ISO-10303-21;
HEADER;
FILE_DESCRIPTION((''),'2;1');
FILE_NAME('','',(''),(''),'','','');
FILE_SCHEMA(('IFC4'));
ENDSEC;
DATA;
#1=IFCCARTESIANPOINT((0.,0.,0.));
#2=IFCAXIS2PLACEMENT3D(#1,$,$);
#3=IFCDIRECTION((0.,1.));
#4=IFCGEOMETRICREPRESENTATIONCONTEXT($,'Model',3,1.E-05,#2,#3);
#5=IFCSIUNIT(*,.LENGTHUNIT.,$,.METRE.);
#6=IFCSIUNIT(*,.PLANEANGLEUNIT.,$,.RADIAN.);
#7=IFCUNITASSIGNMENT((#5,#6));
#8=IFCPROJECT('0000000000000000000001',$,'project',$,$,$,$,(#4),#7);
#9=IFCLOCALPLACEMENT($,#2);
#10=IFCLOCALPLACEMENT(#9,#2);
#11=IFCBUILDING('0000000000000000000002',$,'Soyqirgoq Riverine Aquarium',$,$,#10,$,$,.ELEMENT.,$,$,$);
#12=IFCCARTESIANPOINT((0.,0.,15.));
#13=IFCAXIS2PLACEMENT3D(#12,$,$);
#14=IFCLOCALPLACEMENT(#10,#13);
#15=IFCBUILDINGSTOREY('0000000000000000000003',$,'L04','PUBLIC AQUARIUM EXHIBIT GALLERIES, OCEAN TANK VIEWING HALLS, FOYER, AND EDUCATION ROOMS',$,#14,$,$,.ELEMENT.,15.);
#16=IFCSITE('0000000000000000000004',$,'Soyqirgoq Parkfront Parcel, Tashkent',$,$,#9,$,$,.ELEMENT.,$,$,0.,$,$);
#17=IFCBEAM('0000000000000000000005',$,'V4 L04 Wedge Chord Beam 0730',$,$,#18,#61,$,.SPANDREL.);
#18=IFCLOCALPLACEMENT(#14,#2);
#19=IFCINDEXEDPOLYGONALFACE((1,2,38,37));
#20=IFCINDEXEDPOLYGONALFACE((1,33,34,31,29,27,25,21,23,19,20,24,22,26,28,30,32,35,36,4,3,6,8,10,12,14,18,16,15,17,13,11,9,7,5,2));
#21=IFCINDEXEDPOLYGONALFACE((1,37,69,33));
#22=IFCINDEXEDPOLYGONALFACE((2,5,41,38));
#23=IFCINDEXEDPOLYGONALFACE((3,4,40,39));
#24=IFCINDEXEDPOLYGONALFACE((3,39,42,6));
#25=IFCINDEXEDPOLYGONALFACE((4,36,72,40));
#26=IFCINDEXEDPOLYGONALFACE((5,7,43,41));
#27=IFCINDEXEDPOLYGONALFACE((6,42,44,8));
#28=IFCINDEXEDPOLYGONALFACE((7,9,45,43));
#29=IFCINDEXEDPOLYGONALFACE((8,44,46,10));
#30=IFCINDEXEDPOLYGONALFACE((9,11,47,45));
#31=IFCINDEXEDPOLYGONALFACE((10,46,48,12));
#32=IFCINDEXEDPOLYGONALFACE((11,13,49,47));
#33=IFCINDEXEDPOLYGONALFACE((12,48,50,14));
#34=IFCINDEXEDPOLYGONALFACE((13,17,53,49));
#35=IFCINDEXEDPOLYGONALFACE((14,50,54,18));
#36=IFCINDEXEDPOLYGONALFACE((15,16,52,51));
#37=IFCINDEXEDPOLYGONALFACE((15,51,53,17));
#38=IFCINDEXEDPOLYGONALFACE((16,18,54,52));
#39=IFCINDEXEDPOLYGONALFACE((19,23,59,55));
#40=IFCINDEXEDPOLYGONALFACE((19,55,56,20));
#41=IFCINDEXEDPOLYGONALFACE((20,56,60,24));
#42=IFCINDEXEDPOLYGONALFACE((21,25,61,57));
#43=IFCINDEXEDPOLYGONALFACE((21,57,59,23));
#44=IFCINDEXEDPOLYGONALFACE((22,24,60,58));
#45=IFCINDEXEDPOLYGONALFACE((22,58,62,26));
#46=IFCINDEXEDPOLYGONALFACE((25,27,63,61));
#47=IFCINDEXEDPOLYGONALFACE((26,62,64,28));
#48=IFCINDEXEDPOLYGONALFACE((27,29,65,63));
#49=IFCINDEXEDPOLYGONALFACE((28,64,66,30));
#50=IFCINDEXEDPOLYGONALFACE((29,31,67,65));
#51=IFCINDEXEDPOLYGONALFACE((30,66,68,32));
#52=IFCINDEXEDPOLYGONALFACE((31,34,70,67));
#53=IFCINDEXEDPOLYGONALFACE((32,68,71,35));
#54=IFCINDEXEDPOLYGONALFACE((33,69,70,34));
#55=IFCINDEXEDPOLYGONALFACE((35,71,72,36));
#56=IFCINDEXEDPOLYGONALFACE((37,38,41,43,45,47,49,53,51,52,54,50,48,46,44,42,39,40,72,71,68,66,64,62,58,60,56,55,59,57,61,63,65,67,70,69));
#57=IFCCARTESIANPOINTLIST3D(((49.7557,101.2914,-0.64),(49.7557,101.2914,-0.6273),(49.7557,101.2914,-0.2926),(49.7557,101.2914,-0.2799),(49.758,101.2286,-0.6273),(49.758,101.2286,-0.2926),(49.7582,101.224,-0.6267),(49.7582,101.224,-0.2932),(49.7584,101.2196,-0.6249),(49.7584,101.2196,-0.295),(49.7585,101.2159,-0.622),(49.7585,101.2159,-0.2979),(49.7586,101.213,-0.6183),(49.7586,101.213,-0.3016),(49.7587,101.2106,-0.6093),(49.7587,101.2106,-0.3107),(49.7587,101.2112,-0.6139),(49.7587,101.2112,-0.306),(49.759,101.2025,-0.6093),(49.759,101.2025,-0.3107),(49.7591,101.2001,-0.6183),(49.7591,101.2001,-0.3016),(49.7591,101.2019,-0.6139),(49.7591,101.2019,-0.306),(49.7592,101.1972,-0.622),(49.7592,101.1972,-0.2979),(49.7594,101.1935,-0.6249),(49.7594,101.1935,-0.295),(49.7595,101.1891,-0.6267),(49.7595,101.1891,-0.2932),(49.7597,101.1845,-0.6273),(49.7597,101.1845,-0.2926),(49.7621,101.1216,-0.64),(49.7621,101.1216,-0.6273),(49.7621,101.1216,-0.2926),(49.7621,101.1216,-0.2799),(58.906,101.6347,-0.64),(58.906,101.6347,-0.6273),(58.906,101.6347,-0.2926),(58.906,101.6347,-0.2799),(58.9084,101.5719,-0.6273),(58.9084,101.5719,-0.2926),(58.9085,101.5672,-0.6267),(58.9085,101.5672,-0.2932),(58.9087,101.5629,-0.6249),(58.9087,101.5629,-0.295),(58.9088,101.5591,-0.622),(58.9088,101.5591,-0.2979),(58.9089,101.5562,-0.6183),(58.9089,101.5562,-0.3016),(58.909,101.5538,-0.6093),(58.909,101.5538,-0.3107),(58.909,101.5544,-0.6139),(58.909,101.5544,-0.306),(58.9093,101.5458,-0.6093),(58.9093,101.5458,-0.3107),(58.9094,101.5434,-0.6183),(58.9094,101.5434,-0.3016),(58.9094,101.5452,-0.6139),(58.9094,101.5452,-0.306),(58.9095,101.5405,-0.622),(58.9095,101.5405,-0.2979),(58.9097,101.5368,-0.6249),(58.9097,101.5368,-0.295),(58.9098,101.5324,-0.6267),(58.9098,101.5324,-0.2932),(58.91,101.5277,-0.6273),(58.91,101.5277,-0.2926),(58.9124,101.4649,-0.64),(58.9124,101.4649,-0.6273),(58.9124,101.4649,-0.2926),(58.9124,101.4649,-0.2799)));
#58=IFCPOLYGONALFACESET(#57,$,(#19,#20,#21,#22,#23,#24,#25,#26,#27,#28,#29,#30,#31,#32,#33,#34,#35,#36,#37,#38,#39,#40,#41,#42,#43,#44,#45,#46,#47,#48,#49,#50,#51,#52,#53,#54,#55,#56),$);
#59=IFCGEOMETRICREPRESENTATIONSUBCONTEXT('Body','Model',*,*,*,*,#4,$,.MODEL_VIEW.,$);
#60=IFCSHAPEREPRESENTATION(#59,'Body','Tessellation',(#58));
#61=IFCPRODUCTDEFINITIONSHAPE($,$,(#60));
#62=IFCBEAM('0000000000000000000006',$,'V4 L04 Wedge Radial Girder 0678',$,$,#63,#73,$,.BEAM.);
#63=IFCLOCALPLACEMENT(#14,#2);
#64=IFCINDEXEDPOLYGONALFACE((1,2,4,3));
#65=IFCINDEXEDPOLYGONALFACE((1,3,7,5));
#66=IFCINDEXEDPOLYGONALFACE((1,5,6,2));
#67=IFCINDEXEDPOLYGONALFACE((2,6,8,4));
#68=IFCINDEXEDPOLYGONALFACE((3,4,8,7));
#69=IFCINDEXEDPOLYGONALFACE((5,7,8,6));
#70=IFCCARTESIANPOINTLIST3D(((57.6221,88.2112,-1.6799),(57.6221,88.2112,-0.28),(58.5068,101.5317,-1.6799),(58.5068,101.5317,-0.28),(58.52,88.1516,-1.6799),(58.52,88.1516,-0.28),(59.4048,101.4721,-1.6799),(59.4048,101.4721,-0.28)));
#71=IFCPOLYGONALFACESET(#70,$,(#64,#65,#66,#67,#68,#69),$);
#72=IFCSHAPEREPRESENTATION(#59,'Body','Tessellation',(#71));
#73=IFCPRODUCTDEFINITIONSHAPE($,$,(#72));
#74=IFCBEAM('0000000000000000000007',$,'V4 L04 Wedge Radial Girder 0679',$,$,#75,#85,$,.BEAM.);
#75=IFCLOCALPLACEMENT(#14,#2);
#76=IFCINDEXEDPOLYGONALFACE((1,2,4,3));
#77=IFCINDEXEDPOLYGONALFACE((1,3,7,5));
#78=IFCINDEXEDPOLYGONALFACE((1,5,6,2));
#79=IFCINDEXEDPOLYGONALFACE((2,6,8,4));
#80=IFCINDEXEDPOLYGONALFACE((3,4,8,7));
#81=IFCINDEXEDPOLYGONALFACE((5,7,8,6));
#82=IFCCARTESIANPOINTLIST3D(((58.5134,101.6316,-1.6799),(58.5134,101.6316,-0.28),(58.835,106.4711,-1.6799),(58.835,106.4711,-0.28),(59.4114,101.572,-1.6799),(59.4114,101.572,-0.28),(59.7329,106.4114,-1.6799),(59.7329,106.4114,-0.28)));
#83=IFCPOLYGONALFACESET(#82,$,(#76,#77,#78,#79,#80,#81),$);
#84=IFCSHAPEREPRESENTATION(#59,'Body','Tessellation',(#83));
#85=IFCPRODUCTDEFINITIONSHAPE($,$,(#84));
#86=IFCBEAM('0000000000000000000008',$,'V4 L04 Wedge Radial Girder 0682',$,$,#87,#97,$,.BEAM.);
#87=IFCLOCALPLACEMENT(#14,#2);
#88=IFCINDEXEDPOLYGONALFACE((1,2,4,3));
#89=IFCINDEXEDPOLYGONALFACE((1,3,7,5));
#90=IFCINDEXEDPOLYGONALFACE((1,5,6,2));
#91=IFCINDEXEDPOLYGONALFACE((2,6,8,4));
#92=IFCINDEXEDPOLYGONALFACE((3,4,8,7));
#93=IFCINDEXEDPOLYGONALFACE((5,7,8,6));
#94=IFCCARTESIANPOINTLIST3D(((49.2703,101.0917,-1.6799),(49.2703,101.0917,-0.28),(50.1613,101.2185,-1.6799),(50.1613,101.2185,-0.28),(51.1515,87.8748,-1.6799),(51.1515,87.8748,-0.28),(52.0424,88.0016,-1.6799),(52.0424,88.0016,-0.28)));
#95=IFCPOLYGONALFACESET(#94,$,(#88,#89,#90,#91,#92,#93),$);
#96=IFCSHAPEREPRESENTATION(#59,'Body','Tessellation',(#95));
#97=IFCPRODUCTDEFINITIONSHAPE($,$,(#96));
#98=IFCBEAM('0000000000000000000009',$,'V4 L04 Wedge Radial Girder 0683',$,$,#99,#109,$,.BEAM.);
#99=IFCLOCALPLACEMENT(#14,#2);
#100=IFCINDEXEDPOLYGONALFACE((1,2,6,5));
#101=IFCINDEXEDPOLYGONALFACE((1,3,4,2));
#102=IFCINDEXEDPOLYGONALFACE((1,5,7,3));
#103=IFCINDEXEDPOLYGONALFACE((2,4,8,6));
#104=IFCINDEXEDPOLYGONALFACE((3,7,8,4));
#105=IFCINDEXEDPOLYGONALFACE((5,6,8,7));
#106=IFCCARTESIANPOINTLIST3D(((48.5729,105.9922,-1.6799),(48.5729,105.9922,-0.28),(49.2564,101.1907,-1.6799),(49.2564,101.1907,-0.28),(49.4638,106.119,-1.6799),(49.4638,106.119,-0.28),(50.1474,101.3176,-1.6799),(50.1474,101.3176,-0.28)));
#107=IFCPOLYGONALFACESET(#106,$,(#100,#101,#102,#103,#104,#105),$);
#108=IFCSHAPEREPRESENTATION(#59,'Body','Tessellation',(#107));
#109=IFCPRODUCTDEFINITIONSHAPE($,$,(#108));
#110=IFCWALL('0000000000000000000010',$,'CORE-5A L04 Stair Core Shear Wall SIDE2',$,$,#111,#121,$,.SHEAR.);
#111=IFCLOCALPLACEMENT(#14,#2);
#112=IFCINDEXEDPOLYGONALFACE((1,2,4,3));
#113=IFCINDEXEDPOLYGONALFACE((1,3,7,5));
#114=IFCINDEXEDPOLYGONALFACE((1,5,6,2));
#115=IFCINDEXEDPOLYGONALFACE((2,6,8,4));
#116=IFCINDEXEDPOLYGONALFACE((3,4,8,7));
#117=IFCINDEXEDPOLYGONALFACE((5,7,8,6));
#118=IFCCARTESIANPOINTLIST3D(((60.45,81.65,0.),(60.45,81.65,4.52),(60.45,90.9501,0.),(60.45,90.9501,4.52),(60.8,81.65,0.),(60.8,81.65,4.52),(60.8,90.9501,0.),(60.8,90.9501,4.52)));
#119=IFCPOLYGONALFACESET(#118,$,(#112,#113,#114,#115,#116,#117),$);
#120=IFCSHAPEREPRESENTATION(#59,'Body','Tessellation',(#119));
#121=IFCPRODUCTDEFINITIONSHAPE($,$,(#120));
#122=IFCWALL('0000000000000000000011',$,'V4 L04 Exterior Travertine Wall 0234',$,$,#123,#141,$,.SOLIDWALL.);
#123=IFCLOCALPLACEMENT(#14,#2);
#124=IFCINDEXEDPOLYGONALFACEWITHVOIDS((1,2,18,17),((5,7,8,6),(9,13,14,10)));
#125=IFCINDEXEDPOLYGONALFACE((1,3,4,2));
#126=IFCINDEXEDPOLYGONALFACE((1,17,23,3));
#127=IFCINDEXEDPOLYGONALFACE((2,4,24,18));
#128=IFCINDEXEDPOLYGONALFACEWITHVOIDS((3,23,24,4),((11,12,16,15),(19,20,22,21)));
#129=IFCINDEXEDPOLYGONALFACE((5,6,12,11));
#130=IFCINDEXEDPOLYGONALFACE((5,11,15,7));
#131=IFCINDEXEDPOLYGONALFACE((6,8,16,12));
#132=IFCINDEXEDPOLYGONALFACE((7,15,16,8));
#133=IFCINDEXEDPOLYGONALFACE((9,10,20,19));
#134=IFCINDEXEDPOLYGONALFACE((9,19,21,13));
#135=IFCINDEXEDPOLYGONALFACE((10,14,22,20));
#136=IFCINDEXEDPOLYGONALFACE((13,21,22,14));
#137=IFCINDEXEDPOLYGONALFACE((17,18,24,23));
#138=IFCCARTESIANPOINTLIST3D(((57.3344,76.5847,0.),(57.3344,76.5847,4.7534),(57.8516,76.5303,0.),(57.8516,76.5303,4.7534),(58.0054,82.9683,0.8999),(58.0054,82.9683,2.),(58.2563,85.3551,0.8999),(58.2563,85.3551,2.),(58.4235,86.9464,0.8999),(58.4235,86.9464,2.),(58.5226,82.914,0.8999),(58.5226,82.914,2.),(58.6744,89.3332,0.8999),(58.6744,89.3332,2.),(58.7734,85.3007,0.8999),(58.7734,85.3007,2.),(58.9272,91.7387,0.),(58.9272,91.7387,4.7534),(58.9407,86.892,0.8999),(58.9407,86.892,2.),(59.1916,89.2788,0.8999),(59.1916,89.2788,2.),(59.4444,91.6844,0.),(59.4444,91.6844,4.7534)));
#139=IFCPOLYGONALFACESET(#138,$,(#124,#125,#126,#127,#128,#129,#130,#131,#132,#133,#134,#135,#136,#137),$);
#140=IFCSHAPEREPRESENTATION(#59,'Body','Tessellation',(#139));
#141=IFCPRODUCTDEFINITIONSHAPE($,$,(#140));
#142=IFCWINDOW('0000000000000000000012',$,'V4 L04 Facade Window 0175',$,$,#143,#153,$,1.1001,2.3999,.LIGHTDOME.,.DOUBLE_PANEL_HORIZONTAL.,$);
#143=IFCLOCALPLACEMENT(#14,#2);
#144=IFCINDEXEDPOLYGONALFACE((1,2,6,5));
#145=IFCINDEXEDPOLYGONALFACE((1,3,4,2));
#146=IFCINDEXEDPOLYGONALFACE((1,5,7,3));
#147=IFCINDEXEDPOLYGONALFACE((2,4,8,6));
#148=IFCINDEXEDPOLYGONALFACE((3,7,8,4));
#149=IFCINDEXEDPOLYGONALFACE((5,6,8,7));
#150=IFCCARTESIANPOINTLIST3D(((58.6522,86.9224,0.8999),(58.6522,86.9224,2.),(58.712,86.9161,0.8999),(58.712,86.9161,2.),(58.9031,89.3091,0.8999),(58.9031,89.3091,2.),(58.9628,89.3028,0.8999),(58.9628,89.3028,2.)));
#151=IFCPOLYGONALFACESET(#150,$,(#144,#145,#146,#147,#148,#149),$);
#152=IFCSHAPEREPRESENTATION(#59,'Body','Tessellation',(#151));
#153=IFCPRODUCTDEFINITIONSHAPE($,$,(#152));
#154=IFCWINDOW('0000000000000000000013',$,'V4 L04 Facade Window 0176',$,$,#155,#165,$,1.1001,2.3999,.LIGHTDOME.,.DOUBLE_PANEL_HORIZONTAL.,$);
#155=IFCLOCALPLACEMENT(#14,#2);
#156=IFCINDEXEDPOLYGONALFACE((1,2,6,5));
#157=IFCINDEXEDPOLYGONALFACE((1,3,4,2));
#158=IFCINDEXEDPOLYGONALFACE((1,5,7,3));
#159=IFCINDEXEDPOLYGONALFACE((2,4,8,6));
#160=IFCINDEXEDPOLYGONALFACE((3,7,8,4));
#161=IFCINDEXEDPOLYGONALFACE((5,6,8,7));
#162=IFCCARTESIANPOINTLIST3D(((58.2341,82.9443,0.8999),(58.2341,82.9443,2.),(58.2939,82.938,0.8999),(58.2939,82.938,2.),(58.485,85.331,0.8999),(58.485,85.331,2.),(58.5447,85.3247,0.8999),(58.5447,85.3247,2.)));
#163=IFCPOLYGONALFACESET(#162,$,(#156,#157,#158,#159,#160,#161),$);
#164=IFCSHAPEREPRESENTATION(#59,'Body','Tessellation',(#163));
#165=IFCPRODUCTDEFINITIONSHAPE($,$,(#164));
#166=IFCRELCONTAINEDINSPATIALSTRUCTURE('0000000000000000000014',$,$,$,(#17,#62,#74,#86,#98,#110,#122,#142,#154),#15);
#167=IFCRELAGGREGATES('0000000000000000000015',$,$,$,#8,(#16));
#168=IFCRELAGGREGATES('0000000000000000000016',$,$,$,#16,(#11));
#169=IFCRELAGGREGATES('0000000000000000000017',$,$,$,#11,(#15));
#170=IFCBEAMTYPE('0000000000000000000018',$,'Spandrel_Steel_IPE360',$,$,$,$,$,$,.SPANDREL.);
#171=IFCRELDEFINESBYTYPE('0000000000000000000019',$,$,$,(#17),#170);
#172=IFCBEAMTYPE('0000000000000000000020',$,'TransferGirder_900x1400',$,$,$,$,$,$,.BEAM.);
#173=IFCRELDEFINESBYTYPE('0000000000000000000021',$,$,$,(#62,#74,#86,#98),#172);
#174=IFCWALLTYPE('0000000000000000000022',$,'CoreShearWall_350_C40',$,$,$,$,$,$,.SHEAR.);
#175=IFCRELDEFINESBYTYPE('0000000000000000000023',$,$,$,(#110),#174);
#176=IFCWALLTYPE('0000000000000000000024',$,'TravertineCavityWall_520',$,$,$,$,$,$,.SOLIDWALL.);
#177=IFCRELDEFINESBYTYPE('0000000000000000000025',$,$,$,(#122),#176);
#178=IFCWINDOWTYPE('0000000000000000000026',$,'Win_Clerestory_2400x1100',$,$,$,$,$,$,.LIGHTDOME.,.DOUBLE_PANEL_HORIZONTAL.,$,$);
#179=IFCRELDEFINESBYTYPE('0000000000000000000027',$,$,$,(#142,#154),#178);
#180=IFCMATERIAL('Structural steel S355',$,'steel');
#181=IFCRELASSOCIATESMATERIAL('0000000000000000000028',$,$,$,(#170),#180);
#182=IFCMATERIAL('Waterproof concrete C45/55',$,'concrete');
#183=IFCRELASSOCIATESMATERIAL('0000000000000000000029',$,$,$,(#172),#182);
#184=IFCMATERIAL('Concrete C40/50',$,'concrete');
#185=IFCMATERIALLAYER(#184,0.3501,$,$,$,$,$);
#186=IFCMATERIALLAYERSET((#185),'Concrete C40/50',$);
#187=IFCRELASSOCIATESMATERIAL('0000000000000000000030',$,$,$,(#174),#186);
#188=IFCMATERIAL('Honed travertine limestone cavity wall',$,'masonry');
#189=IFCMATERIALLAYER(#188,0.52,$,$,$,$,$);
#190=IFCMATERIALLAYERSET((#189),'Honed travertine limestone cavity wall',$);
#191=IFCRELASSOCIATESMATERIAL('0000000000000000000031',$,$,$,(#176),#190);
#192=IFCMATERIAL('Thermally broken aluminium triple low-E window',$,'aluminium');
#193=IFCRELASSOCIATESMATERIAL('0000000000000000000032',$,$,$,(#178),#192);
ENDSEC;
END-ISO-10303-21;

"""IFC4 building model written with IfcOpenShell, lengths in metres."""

from ifc_helpers import new_model, si_unit, direction, frame, frame_2d, origin, origin_2d, place, context, subcontext, project, spatial, rectangle, i_section, extrude, material, layer, layer_set, material_profile, profile_set, type_object, element, fill, save


model = new_model("IFC4")

# Units and contexts
model_context = context("Model", 3, precision=1e-05, world=origin(), true_north=direction((0.0, 1.0)))
body_context = subcontext(model_context, "Body", "Model", "MODEL_VIEW")
ifc_project = project(units=[si_unit("LENGTHUNIT", "METRE"), si_unit("PLANEANGLEUNIT", "RADIAN")], contexts=[model_context])

# Site, building, storey
site_placement = place(None, origin())
site = spatial("IfcSite", under=ifc_project, at=site_placement, Name="Soyqirgoq Parkfront Parcel, Tashkent", CompositionType="ELEMENT", RefElevation=0.0)
building_placement = place(site_placement, origin())
building = spatial("IfcBuilding", under=site, at=building_placement, Name="Soyqirgoq Riverine Aquarium", CompositionType="ELEMENT")
storey_placement = place(building_placement, frame((0.0, 0.0, 15.0)))
storey = spatial("IfcBuildingStorey", under=building, at=storey_placement, Name="L04", Description="PUBLIC AQUARIUM EXHIBIT GALLERIES, OCEAN TANK VIEWING HALLS, FOYER, AND EDUCATION ROOMS", CompositionType="ELEMENT", Elevation=15.0)

# Beams
ifc_material_1 = material(Name="Structural steel S355", Category="steel")
ifc_material_profile_1 = material_profile(ifc_material_1, i_section(OverallWidth=0.1699, OverallDepth=0.3601, WebThickness=0.0081, FlangeThickness=0.0127, FilletRadius=0.0181, at=origin_2d()), Name="IPE 360")
ifc_profile_set_1 = profile_set([ifc_material_profile_1], Name="Structural steel S355")
beam_type_1 = type_object("IfcBeamType", Name="Spandrel_Steel_IPE360", PredefinedType="SPANDREL", material=ifc_profile_set_1)
beam_1_placement = place(storey_placement, frame((58.9092, 101.5498, -0.46), z_axis=(-0.999297, -0.037487, 0.0), x_axis=(0.037487, -0.999297, 0.0)))
element("IfcBeam", 1, at=beam_1_placement, inside=storey, type_object=beam_type_1, Name="V4 L04 Wedge Chord Beam 0730", PredefinedType="SPANDREL", context=body_context, shape_type="SweptSolid", body=[
    extrude(i_section(OverallWidth=0.1699, OverallDepth=0.3601, WebThickness=0.0081, FlangeThickness=0.0127, FilletRadius=0.0181, at=origin_2d()), origin(), (0.0, 0.0, 1.0), 9.1567),
])
ifc_material_2 = material(Name="Waterproof concrete C45/55", Category="concrete")
ifc_material_profile_2 = material_profile(ifc_material_2, rectangle(XDim=0.8999, YDim=1.3999, at=origin_2d()), Name="RC 900x1400")
ifc_profile_set_2 = profile_set([ifc_material_profile_2], Name="Waterproof concrete C45/55")
beam_type_2 = type_object("IfcBeamType", Name="TransferGirder_900x1400", PredefinedType="BEAM", material=ifc_profile_set_2)
beam_2_placement = place(storey_placement, frame((58.071, 88.1814, -0.98), z_axis=(0.066275, 0.997801, 0.0), x_axis=(-0.997801, 0.066275, 0.0)))
element("IfcBeam", 2, at=beam_2_placement, inside=storey, type_object=beam_type_2, Name="V4 L04 Wedge Radial Girder 0678", PredefinedType="BEAM", context=body_context, shape_type="SweptSolid", body=[
    extrude(rectangle(XDim=0.8999, YDim=1.3999, at=origin_2d()), origin(), (0.0, 0.0, 1.0), 13.3499),
])
beam_3_placement = place(storey_placement, frame((58.9624, 101.6018, -0.98), z_axis=(0.066295, 0.9978, 0.0), x_axis=(-0.9978, 0.066295, 0.0)))
element("IfcBeam", 3, at=beam_3_placement, inside=storey, type_object=beam_type_2, Name="V4 L04 Wedge Radial Girder 0679", PredefinedType="BEAM", context=body_context, shape_type="SweptSolid", body=[
    extrude(rectangle(XDim=0.8999, YDim=1.3999, at=origin_2d()), origin(), (0.0, 0.0, 1.0), 4.8501),
])
beam_4_placement = place(storey_placement, frame((51.5969, 87.9382, -0.98), z_axis=(-0.140907, 0.990023, 0.0), x_axis=(-0.990023, -0.140907, 0.0)))
element("IfcBeam", 4, at=beam_4_placement, inside=storey, type_object=beam_type_2, Name="V4 L04 Wedge Radial Girder 0682", PredefinedType="BEAM", context=body_context, shape_type="SweptSolid", body=[
    extrude(rectangle(XDim=0.8999, YDim=1.3999, at=origin_2d()), origin(), (0.0, 0.0, 1.0), 13.3501),
])
beam_5_placement = place(storey_placement, frame((49.7019, 101.2542, -0.98), z_axis=(-0.140949, 0.990017, 0.0), x_axis=(-0.990017, -0.140949, 0.0)))
element("IfcBeam", 5, at=beam_5_placement, inside=storey, type_object=beam_type_2, Name="V4 L04 Wedge Radial Girder 0683", PredefinedType="BEAM", context=body_context, shape_type="SweptSolid", body=[
    extrude(rectangle(XDim=0.8999, YDim=1.3999, at=origin_2d()), origin(), (0.0, 0.0, 1.0), 4.8499),
])

# Wall
ifc_material_3 = material(Name="Concrete C40/50", Category="concrete")
ifc_layer_1 = layer(ifc_material_3, 0.3501)
ifc_layer_set_1 = layer_set([ifc_layer_1], Name="Concrete C40/50")
wall_type_1 = type_object("IfcWallType", Name="CoreShearWall_350_C40", PredefinedType="SHEAR", material=ifc_layer_set_1)
wall_1_placement = place(storey_placement, frame((60.625, 90.95, 0.0), z_axis=(0.0, 0.0, 1.0), x_axis=(0.0, -1.0, 0.0)))
element("IfcWall", 6, at=wall_1_placement, inside=storey, type_object=wall_type_1, Name="CORE-5A L04 Stair Core Shear Wall SIDE2", PredefinedType="SHEAR", context=body_context, shape_type="SweptSolid", body=[
    extrude(rectangle(XDim=9.3, YDim=0.3501, at=frame_2d((4.6499, 0.0))), origin(), (0.0, 0.0, 1.0), 4.52),
])

# Wall, openings, windows
ifc_material_4 = material(Name="Honed travertine limestone cavity wall", Category="masonry")
ifc_layer_2 = layer(ifc_material_4, 0.52)
ifc_layer_set_2 = layer_set([ifc_layer_2], Name="Honed travertine limestone cavity wall")
wall_type_2 = type_object("IfcWallType", Name="TravertineCavityWall_520", PredefinedType="SOLIDWALL", material=ifc_layer_set_2)
wall_2_placement = place(storey_placement, frame((59.1858, 91.7114, 0.0), z_axis=(0.0, 0.0, 1.0), x_axis=(-0.10453, -0.994522, 0.0)))
wall_2 = element("IfcWall", 7, at=wall_2_placement, inside=storey, type_object=wall_type_2, Name="V4 L04 Exterior Travertine Wall 0234", PredefinedType="SOLIDWALL", context=body_context, shape_type="SweptSolid", body=[
    extrude(rectangle(XDim=15.2375, YDim=0.52, at=frame_2d((7.6187, 0.0))), origin(), (0.0, 0.0, 1.0), 4.7534),
])
opening_1_placement = place(wall_2_placement, frame((2.4187, 0.0, 0.8999)))
opening_1 = element("IfcOpeningElement", 8, at=opening_1_placement, cuts=wall_2, PredefinedType="OPENING", context=body_context, shape_type="SweptSolid", body=[
    extrude(rectangle(XDim=2.3999, YDim=1.1001, at=frame_2d((1.2, 0.55))), frame((0.0, 0.27, 0.0), z_axis=(0.0, -1.0, 0.0), x_axis=(1.0, 0.0, 0.0)), (0.0, 0.0, 1.0), 0.54),
])
opening_2_placement = place(wall_2_placement, frame((6.4187, 0.0, 0.8999)))
opening_2 = element("IfcOpeningElement", 9, at=opening_2_placement, cuts=wall_2, PredefinedType="OPENING", context=body_context, shape_type="SweptSolid", body=[
    extrude(rectangle(XDim=2.3999, YDim=1.1001, at=frame_2d((1.2, 0.55))), frame((0.0, 0.27, 0.0), z_axis=(0.0, -1.0, 0.0), x_axis=(1.0, 0.0, 0.0)), (0.0, 0.0, 1.0), 0.54),
])
ifc_material_5 = material(Name="Thermally broken aluminium triple low-E window", Category="aluminium")
window_type_1 = type_object("IfcWindowType", Name="Win_Clerestory_2400x1100", PartitioningType="DOUBLE_PANEL_HORIZONTAL", PredefinedType="LIGHTDOME", material=ifc_material_5)
window_1_placement = place(opening_1_placement, origin())
window_1 = element("IfcWindow", 10, at=window_1_placement, inside=storey, type_object=window_type_1, Name="V4 L04 Facade Window 0175", OverallHeight=1.1001, OverallWidth=2.3999, PartitioningType="DOUBLE_PANEL_HORIZONTAL", PredefinedType="LIGHTDOME", context=body_context, shape_type="SweptSolid", body=[
    extrude(rectangle(XDim=2.3999, YDim=1.1001, at=frame_2d((1.2, 0.55))), frame((0.0, 0.03, 0.0), z_axis=(0.0, -1.0, 0.0), x_axis=(1.0, 0.0, 0.0)), (0.0, 0.0, 1.0), 0.0601),
])
fill(opening_1, window_1)
window_2_placement = place(opening_2_placement, origin())
window_2 = element("IfcWindow", 11, at=window_2_placement, inside=storey, type_object=window_type_1, Name="V4 L04 Facade Window 0176", OverallHeight=1.1001, OverallWidth=2.3999, PartitioningType="DOUBLE_PANEL_HORIZONTAL", PredefinedType="LIGHTDOME", context=body_context, shape_type="SweptSolid", body=[
    extrude(rectangle(XDim=2.3999, YDim=1.1001, at=frame_2d((1.2, 0.55))), frame((0.0, 0.03, 0.0), z_axis=(0.0, -1.0, 0.0), x_axis=(1.0, 0.0, 0.0)), (0.0, 0.0, 1.0), 0.0601),
])
fill(opening_2, window_2)

save(model, "model.ifc")
